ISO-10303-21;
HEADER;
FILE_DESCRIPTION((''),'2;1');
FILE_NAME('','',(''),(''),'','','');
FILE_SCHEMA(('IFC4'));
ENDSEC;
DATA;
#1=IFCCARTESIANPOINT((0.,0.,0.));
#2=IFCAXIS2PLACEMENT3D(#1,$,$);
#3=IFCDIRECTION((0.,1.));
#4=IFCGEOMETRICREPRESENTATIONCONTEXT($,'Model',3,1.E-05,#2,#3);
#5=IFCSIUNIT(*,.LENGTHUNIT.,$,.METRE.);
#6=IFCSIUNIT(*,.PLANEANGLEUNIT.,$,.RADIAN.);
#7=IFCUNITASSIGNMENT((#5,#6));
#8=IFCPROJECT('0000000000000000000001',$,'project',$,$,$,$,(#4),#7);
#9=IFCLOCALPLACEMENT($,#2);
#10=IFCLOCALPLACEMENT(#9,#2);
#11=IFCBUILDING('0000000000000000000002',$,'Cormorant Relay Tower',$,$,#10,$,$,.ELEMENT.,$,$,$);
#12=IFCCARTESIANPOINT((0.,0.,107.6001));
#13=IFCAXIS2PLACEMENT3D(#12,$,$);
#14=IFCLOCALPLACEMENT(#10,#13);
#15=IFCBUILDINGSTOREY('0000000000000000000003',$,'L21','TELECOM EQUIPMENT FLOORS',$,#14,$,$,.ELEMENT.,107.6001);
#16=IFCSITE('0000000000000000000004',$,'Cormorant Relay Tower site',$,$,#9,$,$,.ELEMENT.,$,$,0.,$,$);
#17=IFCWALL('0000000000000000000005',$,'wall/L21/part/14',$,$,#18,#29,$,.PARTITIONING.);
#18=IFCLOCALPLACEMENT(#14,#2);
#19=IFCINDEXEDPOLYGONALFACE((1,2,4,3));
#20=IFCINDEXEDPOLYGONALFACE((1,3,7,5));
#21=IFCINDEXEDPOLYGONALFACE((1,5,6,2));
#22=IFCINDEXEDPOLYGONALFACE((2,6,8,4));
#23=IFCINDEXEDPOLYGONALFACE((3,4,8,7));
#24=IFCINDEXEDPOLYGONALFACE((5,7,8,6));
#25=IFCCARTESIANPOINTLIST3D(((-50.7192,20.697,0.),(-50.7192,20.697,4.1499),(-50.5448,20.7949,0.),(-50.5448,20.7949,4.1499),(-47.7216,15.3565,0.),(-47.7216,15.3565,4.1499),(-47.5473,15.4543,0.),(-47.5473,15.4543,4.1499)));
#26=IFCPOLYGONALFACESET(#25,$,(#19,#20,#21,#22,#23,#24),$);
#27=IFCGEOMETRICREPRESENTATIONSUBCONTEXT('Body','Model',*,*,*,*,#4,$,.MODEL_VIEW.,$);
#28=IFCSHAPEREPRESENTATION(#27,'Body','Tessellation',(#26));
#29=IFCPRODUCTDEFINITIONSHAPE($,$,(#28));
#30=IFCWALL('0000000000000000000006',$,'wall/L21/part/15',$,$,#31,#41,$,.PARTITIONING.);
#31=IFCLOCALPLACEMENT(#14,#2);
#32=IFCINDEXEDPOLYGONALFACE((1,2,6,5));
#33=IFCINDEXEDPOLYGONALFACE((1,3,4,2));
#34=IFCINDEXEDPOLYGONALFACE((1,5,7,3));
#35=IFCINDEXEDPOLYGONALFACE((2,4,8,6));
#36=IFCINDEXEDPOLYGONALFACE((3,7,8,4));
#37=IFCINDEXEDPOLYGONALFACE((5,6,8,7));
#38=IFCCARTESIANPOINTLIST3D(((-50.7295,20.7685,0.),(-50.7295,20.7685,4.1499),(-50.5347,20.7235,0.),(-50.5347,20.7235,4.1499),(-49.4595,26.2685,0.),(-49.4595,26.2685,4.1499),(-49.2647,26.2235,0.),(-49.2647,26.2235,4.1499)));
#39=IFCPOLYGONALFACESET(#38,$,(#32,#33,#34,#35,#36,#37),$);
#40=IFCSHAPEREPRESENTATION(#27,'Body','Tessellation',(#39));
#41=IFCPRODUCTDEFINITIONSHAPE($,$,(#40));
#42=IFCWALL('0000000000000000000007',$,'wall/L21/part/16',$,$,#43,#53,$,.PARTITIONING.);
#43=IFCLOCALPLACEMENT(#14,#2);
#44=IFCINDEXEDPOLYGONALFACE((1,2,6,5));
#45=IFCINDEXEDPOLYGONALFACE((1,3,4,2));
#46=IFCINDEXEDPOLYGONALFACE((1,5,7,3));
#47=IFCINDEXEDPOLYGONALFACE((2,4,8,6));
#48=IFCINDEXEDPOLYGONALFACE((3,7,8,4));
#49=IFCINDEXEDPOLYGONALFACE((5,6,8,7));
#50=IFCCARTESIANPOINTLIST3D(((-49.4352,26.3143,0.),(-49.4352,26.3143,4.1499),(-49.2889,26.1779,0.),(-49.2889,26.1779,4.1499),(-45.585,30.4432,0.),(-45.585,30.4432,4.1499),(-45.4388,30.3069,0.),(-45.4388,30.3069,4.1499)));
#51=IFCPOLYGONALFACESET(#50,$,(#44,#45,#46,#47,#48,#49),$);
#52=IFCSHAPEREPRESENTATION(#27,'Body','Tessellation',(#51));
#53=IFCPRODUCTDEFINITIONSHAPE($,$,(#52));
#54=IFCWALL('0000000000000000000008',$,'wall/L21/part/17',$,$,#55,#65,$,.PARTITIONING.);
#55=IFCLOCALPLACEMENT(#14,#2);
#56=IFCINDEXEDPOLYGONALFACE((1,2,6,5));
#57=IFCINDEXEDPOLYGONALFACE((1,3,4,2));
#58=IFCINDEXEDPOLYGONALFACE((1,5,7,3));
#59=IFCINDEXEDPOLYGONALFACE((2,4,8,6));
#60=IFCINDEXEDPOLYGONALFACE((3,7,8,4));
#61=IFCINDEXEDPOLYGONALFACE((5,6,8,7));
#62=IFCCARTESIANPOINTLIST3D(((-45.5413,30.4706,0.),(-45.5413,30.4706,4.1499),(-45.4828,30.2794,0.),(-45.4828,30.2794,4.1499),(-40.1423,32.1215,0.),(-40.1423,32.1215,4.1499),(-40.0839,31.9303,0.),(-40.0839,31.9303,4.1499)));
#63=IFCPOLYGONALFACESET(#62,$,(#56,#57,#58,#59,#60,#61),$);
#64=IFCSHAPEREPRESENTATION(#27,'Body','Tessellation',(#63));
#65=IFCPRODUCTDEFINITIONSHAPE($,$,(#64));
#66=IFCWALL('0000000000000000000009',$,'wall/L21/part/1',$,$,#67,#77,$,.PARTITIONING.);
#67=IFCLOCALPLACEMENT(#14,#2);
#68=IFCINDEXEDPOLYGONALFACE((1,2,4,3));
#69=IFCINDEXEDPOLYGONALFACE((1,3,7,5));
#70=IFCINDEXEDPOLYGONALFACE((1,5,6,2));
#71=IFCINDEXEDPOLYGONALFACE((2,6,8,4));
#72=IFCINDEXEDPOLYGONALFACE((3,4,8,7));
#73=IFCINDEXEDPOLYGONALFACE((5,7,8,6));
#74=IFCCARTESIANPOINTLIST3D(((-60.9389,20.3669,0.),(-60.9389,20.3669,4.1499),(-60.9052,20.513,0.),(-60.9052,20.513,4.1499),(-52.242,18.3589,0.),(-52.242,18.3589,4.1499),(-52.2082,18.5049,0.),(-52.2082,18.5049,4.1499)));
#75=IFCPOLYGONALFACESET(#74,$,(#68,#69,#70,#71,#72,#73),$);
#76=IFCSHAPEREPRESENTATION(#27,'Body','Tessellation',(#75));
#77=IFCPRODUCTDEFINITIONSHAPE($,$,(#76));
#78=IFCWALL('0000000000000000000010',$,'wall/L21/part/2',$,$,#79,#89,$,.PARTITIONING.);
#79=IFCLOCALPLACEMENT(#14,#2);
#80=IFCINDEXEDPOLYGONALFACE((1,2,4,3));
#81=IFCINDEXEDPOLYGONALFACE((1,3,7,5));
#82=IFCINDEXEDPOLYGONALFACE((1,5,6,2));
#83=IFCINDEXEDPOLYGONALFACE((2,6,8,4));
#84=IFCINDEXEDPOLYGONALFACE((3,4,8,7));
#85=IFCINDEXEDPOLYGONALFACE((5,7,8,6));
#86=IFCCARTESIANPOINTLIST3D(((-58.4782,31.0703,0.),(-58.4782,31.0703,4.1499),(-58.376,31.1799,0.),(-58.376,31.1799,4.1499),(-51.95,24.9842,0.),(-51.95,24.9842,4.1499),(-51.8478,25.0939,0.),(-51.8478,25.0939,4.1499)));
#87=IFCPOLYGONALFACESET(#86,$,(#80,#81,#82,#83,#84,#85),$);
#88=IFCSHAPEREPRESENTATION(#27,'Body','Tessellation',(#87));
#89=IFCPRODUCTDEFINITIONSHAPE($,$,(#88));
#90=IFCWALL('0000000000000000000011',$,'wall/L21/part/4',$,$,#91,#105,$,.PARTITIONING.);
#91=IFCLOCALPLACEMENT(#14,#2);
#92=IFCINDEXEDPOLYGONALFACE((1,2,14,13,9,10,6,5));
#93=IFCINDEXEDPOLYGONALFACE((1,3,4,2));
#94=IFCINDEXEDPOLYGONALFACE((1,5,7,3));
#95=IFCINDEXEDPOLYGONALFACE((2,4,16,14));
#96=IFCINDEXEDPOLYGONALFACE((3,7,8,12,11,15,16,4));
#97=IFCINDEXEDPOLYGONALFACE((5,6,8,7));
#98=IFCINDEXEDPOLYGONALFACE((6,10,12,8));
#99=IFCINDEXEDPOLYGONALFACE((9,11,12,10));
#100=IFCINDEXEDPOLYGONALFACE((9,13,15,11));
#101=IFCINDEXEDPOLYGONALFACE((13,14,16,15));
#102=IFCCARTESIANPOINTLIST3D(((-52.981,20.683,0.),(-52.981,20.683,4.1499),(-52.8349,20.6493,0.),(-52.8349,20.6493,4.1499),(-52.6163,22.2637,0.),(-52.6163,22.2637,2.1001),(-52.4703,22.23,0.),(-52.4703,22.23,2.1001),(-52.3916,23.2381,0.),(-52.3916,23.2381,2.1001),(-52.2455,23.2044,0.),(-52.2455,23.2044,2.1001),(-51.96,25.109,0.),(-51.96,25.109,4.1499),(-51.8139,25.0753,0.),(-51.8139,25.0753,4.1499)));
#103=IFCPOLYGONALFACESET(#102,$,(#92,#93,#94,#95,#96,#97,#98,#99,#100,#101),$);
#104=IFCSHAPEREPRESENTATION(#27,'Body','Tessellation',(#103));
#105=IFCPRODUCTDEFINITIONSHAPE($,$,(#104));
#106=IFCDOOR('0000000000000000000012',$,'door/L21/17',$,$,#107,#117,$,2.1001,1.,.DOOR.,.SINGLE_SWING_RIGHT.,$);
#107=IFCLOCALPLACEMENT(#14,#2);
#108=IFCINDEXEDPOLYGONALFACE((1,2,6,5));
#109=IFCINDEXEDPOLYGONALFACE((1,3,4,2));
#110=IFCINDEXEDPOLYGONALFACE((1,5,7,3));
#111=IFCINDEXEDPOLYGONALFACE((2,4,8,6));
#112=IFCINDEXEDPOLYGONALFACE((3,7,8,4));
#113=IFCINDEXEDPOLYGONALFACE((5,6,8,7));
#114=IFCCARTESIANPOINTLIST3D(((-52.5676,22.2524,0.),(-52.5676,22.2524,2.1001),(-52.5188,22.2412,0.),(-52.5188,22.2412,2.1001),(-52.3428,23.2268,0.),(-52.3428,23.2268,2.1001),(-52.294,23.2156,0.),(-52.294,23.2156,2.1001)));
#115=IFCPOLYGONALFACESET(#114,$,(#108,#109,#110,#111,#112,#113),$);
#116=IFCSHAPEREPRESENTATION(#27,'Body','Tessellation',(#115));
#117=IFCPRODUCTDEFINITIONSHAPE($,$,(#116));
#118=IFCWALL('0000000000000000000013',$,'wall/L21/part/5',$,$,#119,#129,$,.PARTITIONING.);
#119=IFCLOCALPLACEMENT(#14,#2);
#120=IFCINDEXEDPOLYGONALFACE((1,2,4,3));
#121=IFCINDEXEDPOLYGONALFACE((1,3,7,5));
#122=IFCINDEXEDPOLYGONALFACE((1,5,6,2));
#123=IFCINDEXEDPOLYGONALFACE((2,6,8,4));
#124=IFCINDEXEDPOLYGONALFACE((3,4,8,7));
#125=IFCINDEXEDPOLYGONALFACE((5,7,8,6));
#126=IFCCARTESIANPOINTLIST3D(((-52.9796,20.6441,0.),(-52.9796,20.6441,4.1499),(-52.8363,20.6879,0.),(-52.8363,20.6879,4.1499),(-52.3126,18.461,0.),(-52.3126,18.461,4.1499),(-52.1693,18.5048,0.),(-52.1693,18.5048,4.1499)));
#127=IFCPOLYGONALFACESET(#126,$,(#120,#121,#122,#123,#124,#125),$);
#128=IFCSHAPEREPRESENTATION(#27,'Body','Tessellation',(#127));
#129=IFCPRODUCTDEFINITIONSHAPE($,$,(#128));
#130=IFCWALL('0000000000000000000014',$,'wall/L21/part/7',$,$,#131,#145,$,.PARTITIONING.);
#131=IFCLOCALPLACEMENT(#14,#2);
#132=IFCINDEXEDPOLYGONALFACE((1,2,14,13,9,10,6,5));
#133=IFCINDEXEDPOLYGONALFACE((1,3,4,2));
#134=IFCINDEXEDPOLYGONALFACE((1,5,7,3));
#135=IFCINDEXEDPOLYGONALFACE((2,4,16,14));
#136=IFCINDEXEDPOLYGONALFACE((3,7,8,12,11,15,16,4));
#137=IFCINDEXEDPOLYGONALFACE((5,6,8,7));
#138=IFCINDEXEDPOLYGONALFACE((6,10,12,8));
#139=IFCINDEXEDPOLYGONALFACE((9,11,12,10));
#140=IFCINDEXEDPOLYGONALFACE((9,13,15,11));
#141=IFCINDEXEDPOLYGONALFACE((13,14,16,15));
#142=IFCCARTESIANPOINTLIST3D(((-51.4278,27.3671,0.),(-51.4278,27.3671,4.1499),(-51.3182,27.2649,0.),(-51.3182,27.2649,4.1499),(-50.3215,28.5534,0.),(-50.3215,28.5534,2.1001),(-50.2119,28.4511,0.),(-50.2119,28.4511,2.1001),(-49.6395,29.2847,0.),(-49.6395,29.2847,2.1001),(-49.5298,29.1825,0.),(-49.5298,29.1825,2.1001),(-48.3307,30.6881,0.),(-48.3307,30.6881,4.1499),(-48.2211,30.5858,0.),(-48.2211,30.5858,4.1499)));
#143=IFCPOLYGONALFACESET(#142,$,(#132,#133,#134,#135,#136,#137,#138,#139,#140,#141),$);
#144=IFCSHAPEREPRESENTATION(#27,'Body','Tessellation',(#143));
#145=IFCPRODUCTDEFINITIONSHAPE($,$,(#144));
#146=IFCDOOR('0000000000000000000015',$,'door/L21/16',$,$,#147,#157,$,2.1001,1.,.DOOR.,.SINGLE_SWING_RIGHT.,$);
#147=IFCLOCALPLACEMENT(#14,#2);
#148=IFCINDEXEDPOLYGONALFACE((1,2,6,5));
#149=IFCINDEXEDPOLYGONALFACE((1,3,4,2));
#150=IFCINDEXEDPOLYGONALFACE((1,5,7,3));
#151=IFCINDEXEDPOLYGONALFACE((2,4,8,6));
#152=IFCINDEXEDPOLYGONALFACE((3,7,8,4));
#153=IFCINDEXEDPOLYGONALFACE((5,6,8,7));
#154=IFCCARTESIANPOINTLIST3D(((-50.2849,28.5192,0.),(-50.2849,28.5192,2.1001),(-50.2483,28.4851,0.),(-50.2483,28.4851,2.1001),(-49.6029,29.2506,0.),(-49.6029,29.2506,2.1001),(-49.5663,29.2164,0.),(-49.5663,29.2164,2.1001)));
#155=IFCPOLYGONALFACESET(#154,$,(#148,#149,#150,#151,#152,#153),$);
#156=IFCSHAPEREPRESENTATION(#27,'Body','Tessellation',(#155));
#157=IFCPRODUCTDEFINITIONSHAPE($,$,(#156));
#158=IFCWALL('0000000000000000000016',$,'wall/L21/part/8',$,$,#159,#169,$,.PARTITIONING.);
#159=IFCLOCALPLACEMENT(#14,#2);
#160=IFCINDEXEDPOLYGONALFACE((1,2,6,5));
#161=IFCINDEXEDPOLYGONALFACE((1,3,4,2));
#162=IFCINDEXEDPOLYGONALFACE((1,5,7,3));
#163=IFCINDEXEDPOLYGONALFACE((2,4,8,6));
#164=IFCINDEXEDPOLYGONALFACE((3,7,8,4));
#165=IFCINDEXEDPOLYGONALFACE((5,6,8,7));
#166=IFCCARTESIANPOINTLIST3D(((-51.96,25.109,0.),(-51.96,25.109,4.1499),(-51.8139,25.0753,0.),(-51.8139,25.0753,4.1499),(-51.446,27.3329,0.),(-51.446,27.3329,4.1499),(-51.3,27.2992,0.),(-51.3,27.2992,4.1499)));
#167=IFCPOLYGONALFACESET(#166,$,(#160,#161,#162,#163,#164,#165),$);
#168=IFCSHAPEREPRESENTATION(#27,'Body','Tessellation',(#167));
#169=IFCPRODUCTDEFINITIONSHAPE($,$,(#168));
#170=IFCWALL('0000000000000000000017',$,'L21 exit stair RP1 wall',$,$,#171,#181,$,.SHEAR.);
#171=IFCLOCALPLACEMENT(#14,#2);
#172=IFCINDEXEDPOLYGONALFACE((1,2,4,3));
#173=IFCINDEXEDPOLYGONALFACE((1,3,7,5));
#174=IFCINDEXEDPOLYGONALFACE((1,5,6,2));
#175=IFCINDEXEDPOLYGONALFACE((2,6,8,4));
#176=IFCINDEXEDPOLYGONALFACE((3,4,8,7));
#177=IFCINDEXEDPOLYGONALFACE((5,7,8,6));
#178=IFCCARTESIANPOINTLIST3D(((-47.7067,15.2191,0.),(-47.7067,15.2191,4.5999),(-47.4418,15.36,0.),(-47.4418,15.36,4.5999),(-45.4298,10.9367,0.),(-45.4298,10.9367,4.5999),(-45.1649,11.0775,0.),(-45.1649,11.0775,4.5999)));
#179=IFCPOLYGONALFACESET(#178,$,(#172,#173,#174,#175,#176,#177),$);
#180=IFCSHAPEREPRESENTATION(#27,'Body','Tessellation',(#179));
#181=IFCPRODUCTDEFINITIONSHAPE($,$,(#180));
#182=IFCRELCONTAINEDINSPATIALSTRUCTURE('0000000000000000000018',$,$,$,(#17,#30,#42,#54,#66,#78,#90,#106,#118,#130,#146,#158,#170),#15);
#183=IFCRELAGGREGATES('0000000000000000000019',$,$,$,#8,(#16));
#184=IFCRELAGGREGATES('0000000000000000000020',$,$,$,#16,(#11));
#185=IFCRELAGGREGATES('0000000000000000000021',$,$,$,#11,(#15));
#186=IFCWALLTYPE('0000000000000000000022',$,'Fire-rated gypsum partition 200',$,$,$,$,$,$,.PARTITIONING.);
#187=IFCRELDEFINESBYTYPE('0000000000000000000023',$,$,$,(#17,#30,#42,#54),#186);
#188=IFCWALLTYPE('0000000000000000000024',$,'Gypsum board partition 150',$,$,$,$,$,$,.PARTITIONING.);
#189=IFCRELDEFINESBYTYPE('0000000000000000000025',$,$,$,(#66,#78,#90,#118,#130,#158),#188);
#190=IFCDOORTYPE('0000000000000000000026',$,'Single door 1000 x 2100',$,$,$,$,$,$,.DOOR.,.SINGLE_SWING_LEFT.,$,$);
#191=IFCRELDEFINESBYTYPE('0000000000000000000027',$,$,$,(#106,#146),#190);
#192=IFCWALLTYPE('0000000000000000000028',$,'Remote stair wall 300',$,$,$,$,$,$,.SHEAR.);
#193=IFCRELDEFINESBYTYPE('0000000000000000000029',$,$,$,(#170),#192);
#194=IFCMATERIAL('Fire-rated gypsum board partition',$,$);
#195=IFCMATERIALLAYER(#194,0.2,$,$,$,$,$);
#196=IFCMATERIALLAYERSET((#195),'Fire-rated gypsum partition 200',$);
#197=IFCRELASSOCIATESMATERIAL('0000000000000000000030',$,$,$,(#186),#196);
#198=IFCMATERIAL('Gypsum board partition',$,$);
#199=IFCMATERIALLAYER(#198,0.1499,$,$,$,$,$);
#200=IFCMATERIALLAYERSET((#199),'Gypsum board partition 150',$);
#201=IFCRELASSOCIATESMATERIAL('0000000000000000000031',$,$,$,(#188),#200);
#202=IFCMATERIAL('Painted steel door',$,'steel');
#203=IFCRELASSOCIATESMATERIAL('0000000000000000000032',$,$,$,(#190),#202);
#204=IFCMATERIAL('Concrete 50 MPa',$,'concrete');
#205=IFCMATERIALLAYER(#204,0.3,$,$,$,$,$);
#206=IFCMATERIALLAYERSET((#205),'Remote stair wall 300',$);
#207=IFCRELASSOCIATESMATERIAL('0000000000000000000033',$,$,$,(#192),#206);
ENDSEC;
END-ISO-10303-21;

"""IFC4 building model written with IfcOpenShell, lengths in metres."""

from ifc_helpers import new_model, si_unit, direction, frame, frame_2d, origin, place, context, subcontext, project, spatial, rectangle, extrude, material, layer, layer_set, type_object, element, fill, save


model = new_model("IFC4")

# Units and contexts
model_context = context("Model", 3, precision=1e-05, world=origin(), true_north=direction((0.0, 1.0)))
body_context = subcontext(model_context, "Body", "Model", "MODEL_VIEW")
ifc_project = project(units=[si_unit("LENGTHUNIT", "METRE"), si_unit("PLANEANGLEUNIT", "RADIAN")], contexts=[model_context])

# Site, building, storey
site_placement = place(None, origin())
site = spatial("IfcSite", under=ifc_project, at=site_placement, Name="Cormorant Relay Tower site", CompositionType="ELEMENT", RefElevation=0.0)
building_placement = place(site_placement, origin())
building = spatial("IfcBuilding", under=site, at=building_placement, Name="Cormorant Relay Tower", CompositionType="ELEMENT")
storey_placement = place(building_placement, frame((0.0, 0.0, 107.6001)))
storey = spatial("IfcBuildingStorey", under=building, at=storey_placement, Name="L21", Description="TELECOM EQUIPMENT FLOORS", CompositionType="ELEMENT", Elevation=107.6001)

# Walls
ifc_material_1 = material(Name="Fire-rated gypsum board partition")
ifc_layer_1 = layer(ifc_material_1, 0.2)
ifc_layer_set_1 = layer_set([ifc_layer_1], Name="Fire-rated gypsum partition 200")
wall_type_1 = type_object("IfcWallType", Name="Fire-rated gypsum partition 200", PredefinedType="PARTITIONING", material=ifc_layer_set_1)
wall_1_placement = place(storey_placement, frame((-47.6345, 15.4055, 0.0), z_axis=(0.0, 0.0, 1.0), x_axis=(-0.489453, 0.87203, 0.0)))
element("IfcWall", 1, at=wall_1_placement, inside=storey, type_object=wall_type_1, Name="wall/L21/part/14", PredefinedType="PARTITIONING", context=body_context, shape_type="SweptSolid", body=[
    extrude(rectangle(XDim=6.1243, YDim=0.2, at=frame_2d((3.062, 0.0))), origin(), (0.0, 0.0, 1.0), 4.1499),
])
wall_2_placement = place(storey_placement, frame((-50.6321, 20.7461, 0.0), z_axis=(0.0, 0.0, 1.0), x_axis=(0.224992, 0.974361, 0.0)))
element("IfcWall", 2, at=wall_2_placement, inside=storey, type_object=wall_type_1, Name="wall/L21/part/15", PredefinedType="PARTITIONING", context=body_context, shape_type="SweptSolid", body=[
    extrude(rectangle(XDim=5.6448, YDim=0.2, at=frame_2d((2.8223, 0.0))), origin(), (0.0, 0.0, 1.0), 4.1499),
])
wall_3_placement = place(storey_placement, frame((-49.3621, 26.2461, 0.0), z_axis=(0.0, 0.0, 1.0), x_axis=(0.681982, 0.731369, 0.0)))
element("IfcWall", 3, at=wall_3_placement, inside=storey, type_object=wall_type_1, Name="wall/L21/part/16", PredefinedType="PARTITIONING", context=body_context, shape_type="SweptSolid", body=[
    extrude(rectangle(XDim=5.6455, YDim=0.2, at=frame_2d((2.8228, 0.0))), origin(), (0.0, 0.0, 1.0), 4.1499),
])
wall_4_placement = place(storey_placement, frame((-45.512, 30.375, 0.0), z_axis=(0.0, 0.0, 1.0), x_axis=(0.956292, 0.292414, 0.0)))
element("IfcWall", 4, at=wall_4_placement, inside=storey, type_object=wall_type_1, Name="wall/L21/part/17", PredefinedType="PARTITIONING", context=body_context, shape_type="SweptSolid", body=[
    extrude(rectangle(XDim=5.6458, YDim=0.2, at=frame_2d((2.8228, 0.0))), origin(), (0.0, 0.0, 1.0), 4.1499),
])
ifc_material_2 = material(Name="Gypsum board partition")
ifc_layer_2 = layer(ifc_material_2, 0.1499)
ifc_layer_set_2 = layer_set([ifc_layer_2], Name="Gypsum board partition 150")
wall_type_2 = type_object("IfcWallType", Name="Gypsum board partition 150", PredefinedType="PARTITIONING", material=ifc_layer_set_2)
wall_5_placement = place(storey_placement, frame((-52.2251, 18.4319, 0.0), z_axis=(0.0, 0.0, 1.0), x_axis=(-0.974365, 0.224971, 0.0)))
element("IfcWall", 5, at=wall_5_placement, inside=storey, type_object=wall_type_2, Name="wall/L21/part/1", PredefinedType="PARTITIONING", context=body_context, shape_type="SweptSolid", body=[
    extrude(rectangle(XDim=8.9258, YDim=0.1499, at=frame_2d((4.4629, 0.0))), origin(), (0.0, 0.0, 1.0), 4.1499),
])
wall_6_placement = place(storey_placement, frame((-58.427, 31.125, 0.0), z_axis=(0.0, 0.0, 1.0), x_axis=(0.731443, -0.681903, 0.0)))
element("IfcWall", 6, at=wall_6_placement, inside=storey, type_object=wall_type_2, Name="wall/L21/part/2", PredefinedType="PARTITIONING", context=body_context, shape_type="SweptSolid", body=[
    extrude(rectangle(XDim=8.925, YDim=0.1499, at=frame_2d((4.4624, 0.0))), origin(), (0.0, 0.0, 1.0), 4.1499),
])

# Wall, opening, door
wall_7_placement = place(storey_placement, frame((-51.887, 25.092, 0.0), z_axis=(0.0, 0.0, 1.0), x_axis=(-0.224777, -0.97441, 0.0)))
wall_7 = element("IfcWall", 7, at=wall_7_placement, inside=storey, type_object=wall_type_2, Name="wall/L21/part/4", PredefinedType="PARTITIONING", context=body_context, shape_type="SweptSolid", body=[
    extrude(rectangle(XDim=4.5422, YDim=0.1499, at=frame_2d((2.271, 0.0))), origin(), (0.0, 0.0, 1.0), 4.1499),
])
opening_1_placement = place(wall_7_placement, frame((1.9199, 0.0, 0.0)))
opening_1 = element("IfcOpeningElement", 8, at=opening_1_placement, cuts=wall_7, PredefinedType="OPENING", context=body_context, shape_type="SweptSolid", body=[
    extrude(rectangle(XDim=1.0, YDim=2.1001, at=frame_2d((0.5, 1.05))), frame((0.0, 0.085, 0.0), z_axis=(0.0, -1.0, 0.0), x_axis=(1.0, 0.0, 0.0)), (0.0, 0.0, 1.0), 0.1699),
])
ifc_material_3 = material(Name="Painted steel door", Category="steel")
door_type = type_object("IfcDoorType", Name="Single door 1000 x 2100", OperationType="SINGLE_SWING_LEFT", PredefinedType="DOOR", material=ifc_material_3)
door_1_placement = place(opening_1_placement, frame((1.0, 0.0, 0.0), z_axis=(0.0, 0.0, 1.0), x_axis=(-1.0, 0.0, 0.0)))
door_1 = element("IfcDoor", 9, at=door_1_placement, inside=storey, type_object=door_type, Name="door/L21/17", OperationType="SINGLE_SWING_RIGHT", OverallHeight=2.1001, OverallWidth=1.0, PredefinedType="DOOR", context=body_context, shape_type="SweptSolid", body=[
    extrude(rectangle(XDim=1.0, YDim=2.1001, at=frame_2d((0.5, 1.05))), frame((0.0, 0.0249, 0.0), z_axis=(0.0, -1.0, 0.0), x_axis=(1.0, 0.0, 0.0)), (0.0, 0.0, 1.0), 0.05),
])
fill(opening_1, door_1)

# Wall
wall_8_placement = place(storey_placement, frame((-52.908, 20.666, 0.0), z_axis=(0.0, 0.0, 1.0), x_axis=(0.292191, -0.95636, 0.0)))
element("IfcWall", 10, at=wall_8_placement, inside=storey, type_object=wall_type_2, Name="wall/L21/part/5", PredefinedType="PARTITIONING", context=body_context, shape_type="SweptSolid", body=[
    extrude(rectangle(XDim=2.2827, YDim=0.1499, at=frame_2d((1.1414, 0.0))), origin(), (0.0, 0.0, 1.0), 4.1499),
])

# Wall, opening, door
wall_9_placement = place(storey_placement, frame((-48.2759, 30.637, 0.0), z_axis=(0.0, 0.0, 1.0), x_axis=(-0.682027, -0.731327, 0.0)))
wall_9 = element("IfcWall", 11, at=wall_9_placement, inside=storey, type_object=wall_type_2, Name="wall/L21/part/7", PredefinedType="PARTITIONING", context=body_context, shape_type="SweptSolid", body=[
    extrude(rectangle(XDim=4.541, YDim=0.1499, at=frame_2d((2.2705, 0.0))), origin(), (0.0, 0.0, 1.0), 4.1499),
])
opening_2_placement = place(wall_9_placement, frame((1.9189, 0.0, 0.0)))
opening_2 = element("IfcOpeningElement", 12, at=opening_2_placement, cuts=wall_9, PredefinedType="OPENING", context=body_context, shape_type="SweptSolid", body=[
    extrude(rectangle(XDim=1.0, YDim=2.1001, at=frame_2d((0.5, 1.05))), frame((0.0, 0.085, 0.0), z_axis=(0.0, -1.0, 0.0), x_axis=(1.0, 0.0, 0.0)), (0.0, 0.0, 1.0), 0.1699),
])
door_2_placement = place(opening_2_placement, frame((1.0, 0.0, 0.0), z_axis=(0.0, 0.0, 1.0), x_axis=(-1.0, 0.0, 0.0)))
door_2 = element("IfcDoor", 13, at=door_2_placement, inside=storey, type_object=door_type, Name="door/L21/16", OperationType="SINGLE_SWING_RIGHT", OverallHeight=2.1001, OverallWidth=1.0, PredefinedType="DOOR", context=body_context, shape_type="SweptSolid", body=[
    extrude(rectangle(XDim=1.0, YDim=2.1001, at=frame_2d((0.5, 1.05))), frame((0.0, 0.0249, 0.0), z_axis=(0.0, -1.0, 0.0), x_axis=(1.0, 0.0, 0.0)), (0.0, 0.0, 1.0), 0.05),
])
fill(opening_2, door_2)

# Walls
wall_10_placement = place(storey_placement, frame((-51.373, 27.3159, 0.0), z_axis=(0.0, 0.0, 1.0), x_axis=(-0.225156, -0.974323, 0.0)))
element("IfcWall", 14, at=wall_10_placement, inside=storey, type_object=wall_type_2, Name="wall/L21/part/8", PredefinedType="PARTITIONING", context=body_context, shape_type="SweptSolid", body=[
    extrude(rectangle(XDim=2.2825, YDim=0.1499, at=frame_2d((1.1411, 0.0))), origin(), (0.0, 0.0, 1.0), 4.1499),
])
ifc_material_4 = material(Name="Concrete 50 MPa", Category="concrete")
ifc_layer_3 = layer(ifc_material_4, 0.3)
ifc_layer_set_3 = layer_set([ifc_layer_3], Name="Remote stair wall 300")
wall_type_3 = type_object("IfcWallType", Name="Remote stair wall 300", PredefinedType="SHEAR", material=ifc_layer_set_3)
wall_11_placement = place(storey_placement, frame((-47.5742, 15.2896, 0.0), z_axis=(0.0, 0.0, 1.0), x_axis=(0.469443, -0.882963, 0.0)))
element("IfcWall", 15, at=wall_11_placement, inside=storey, type_object=wall_type_3, Name="L21 exit stair RP1 wall", PredefinedType="SHEAR", context=body_context, shape_type="SweptSolid", body=[
    extrude(rectangle(XDim=4.8501, YDim=0.3, at=frame_2d((2.425, 0.0))), origin(), (0.0, 0.0, 1.0), 4.5999),
])

save(model, "model.ifc")
